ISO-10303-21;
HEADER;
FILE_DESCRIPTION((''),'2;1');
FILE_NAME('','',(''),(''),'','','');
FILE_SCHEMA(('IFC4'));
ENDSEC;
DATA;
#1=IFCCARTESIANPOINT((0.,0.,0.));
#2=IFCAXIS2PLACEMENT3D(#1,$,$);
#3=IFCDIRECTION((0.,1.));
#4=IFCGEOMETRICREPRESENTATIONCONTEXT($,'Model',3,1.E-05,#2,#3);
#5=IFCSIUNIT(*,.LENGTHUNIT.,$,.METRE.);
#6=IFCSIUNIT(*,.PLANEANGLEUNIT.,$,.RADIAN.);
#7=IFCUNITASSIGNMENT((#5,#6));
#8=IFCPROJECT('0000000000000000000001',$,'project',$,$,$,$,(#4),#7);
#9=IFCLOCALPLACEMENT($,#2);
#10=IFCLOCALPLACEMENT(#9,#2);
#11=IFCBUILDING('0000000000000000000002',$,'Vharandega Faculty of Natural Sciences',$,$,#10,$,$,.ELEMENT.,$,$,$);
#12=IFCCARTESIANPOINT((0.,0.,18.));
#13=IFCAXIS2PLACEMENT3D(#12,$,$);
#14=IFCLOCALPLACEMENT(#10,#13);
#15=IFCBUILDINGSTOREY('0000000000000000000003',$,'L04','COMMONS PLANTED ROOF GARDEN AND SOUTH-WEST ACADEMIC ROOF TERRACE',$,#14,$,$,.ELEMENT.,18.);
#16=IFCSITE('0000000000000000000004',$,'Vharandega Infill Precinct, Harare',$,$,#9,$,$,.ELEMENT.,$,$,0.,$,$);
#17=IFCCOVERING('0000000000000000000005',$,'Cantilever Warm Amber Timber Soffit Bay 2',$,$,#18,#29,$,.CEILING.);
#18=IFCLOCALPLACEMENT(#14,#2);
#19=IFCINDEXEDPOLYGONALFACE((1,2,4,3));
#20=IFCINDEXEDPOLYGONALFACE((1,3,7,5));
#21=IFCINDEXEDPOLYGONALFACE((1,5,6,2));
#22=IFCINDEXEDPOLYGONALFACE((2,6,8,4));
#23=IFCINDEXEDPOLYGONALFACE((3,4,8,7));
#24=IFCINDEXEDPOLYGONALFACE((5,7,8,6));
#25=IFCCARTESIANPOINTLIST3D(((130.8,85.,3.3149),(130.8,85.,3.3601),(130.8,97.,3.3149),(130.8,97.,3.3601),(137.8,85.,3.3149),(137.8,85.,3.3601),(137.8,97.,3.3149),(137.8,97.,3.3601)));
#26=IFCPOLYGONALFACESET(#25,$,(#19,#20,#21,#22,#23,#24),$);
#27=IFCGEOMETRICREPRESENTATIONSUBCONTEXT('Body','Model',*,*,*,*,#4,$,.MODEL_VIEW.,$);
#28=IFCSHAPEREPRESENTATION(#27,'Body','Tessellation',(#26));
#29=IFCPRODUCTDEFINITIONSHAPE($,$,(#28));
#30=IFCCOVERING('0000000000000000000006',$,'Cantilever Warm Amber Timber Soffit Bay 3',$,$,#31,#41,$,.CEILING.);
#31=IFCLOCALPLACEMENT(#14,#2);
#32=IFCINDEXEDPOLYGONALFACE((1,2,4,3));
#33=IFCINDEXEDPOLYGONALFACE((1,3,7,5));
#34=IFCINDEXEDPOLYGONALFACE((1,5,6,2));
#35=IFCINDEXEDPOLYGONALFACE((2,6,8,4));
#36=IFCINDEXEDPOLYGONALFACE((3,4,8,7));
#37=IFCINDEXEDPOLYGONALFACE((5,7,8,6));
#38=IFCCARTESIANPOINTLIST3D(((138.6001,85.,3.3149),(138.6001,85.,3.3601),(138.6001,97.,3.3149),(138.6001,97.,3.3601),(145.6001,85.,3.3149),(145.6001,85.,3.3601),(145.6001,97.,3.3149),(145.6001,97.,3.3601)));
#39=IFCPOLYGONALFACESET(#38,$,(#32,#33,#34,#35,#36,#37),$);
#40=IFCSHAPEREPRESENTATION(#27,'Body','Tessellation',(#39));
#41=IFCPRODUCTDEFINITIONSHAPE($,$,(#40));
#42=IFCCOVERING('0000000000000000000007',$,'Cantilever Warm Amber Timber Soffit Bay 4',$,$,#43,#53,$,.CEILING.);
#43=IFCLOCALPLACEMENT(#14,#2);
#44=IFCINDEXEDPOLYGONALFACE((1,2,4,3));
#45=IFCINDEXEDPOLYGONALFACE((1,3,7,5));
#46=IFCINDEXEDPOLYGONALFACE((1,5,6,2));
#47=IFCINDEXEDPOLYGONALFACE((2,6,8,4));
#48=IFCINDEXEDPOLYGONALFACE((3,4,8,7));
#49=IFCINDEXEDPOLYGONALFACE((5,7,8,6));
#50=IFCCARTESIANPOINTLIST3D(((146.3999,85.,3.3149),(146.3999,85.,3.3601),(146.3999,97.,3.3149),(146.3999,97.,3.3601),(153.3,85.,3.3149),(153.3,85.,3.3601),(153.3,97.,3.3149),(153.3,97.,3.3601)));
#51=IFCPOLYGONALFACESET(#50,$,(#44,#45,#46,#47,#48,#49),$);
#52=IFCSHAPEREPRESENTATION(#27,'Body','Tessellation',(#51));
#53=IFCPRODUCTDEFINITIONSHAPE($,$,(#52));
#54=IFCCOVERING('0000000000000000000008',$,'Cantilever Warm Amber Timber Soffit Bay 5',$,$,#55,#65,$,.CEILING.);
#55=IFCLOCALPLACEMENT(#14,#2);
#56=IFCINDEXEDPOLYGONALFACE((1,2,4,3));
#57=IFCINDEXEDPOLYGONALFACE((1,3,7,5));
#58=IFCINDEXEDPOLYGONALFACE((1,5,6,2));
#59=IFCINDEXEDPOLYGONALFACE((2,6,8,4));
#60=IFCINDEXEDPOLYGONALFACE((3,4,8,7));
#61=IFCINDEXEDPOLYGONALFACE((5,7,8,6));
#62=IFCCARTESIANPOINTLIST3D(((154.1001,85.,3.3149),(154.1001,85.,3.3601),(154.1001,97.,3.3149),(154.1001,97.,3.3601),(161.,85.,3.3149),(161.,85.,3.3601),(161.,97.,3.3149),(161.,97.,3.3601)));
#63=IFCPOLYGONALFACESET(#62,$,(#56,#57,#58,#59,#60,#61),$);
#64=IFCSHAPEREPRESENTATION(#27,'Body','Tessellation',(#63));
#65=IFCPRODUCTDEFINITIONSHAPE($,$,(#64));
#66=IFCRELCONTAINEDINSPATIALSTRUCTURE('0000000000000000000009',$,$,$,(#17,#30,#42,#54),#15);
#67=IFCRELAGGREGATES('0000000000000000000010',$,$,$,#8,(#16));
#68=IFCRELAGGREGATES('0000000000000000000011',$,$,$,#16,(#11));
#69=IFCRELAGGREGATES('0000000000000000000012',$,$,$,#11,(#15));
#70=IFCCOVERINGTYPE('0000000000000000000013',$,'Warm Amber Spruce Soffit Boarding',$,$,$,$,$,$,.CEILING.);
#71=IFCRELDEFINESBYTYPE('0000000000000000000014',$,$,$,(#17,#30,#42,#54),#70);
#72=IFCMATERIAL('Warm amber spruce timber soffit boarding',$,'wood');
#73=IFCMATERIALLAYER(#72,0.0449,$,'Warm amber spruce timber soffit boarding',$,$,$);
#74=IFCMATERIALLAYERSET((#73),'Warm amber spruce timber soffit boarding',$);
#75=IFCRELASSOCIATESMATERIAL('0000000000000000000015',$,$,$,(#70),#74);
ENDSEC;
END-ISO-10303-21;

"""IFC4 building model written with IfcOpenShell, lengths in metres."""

from ifc_helpers import new_model, si_unit, direction, frame, origin, place, context, subcontext, project, spatial, polyline, outline, extrude, material, layer, layer_set, type_object, element, save


model = new_model("IFC4")

# Units and contexts
model_context = context("Model", 3, precision=1e-05, world=origin(), true_north=direction((0.0, 1.0)))
body_context = subcontext(model_context, "Body", "Model", "MODEL_VIEW")
ifc_project = project(units=[si_unit("LENGTHUNIT", "METRE"), si_unit("PLANEANGLEUNIT", "RADIAN")], contexts=[model_context])

# Site, building, storey
site_placement = place(None, origin())
site = spatial("IfcSite", under=ifc_project, at=site_placement, Name="Vharandega Infill Precinct, Harare", CompositionType="ELEMENT", RefElevation=0.0)
building_placement = place(site_placement, origin())
building = spatial("IfcBuilding", under=site, at=building_placement, Name="Vharandega Faculty of Natural Sciences", CompositionType="ELEMENT")
storey_placement = place(building_placement, frame((0.0, 0.0, 18.0)))
storey = spatial("IfcBuildingStorey", under=building, at=storey_placement, Name="L04", Description="COMMONS PLANTED ROOF GARDEN AND SOUTH-WEST ACADEMIC ROOF TERRACE", CompositionType="ELEMENT", Elevation=18.0)

# Coverings
ifc_material_1 = material(Name="Warm amber spruce timber soffit boarding", Category="wood")
ifc_layer_1 = layer(ifc_material_1, 0.0449, Name="Warm amber spruce timber soffit boarding")
ifc_layer_set_1 = layer_set([ifc_layer_1], Name="Warm amber spruce timber soffit boarding")
covering_type_1 = type_object("IfcCoveringType", Name="Warm Amber Spruce Soffit Boarding", PredefinedType="CEILING", material=ifc_layer_set_1)
covering_1_placement = place(storey_placement, frame((0.0, 0.0, 3.3149)))
element("IfcCovering", 1, at=covering_1_placement, inside=storey, type_object=covering_type_1, Name="Cantilever Warm Amber Timber Soffit Bay 2", PredefinedType="CEILING", context=body_context, shape_type="SweptSolid", body=[
    extrude(outline(polyline([(130.8, 85.0), (137.8, 85.0), (137.8, 97.0), (130.8, 97.0), (130.8, 85.0)])), origin(), (0.0, 0.0, 1.0), 0.0452),
])
covering_2_placement = place(storey_placement, frame((0.0, 0.0, 3.3149)))
element("IfcCovering", 2, at=covering_2_placement, inside=storey, type_object=covering_type_1, Name="Cantilever Warm Amber Timber Soffit Bay 3", PredefinedType="CEILING", context=body_context, shape_type="SweptSolid", body=[
    extrude(outline(polyline([(138.6001, 85.0), (145.6001, 85.0), (145.6001, 97.0), (138.6001, 97.0), (138.6001, 85.0)])), origin(), (0.0, 0.0, 1.0), 0.0452),
])
covering_3_placement = place(storey_placement, frame((0.0, 0.0, 3.3149)))
element("IfcCovering", 3, at=covering_3_placement, inside=storey, type_object=covering_type_1, Name="Cantilever Warm Amber Timber Soffit Bay 4", PredefinedType="CEILING", context=body_context, shape_type="SweptSolid", body=[
    extrude(outline(polyline([(146.3999, 85.0), (153.3, 85.0), (153.3, 97.0), (146.3999, 97.0), (146.3999, 85.0)])), origin(), (0.0, 0.0, 1.0), 0.0452),
])
covering_4_placement = place(storey_placement, frame((0.0, 0.0, 3.3149)))
element("IfcCovering", 4, at=covering_4_placement, inside=storey, type_object=covering_type_1, Name="Cantilever Warm Amber Timber Soffit Bay 5", PredefinedType="CEILING", context=body_context, shape_type="SweptSolid", body=[
    extrude(outline(polyline([(154.1001, 85.0), (161.0, 85.0), (161.0, 97.0), (154.1001, 97.0), (154.1001, 85.0)])), origin(), (0.0, 0.0, 1.0), 0.0452),
])

save(model, "model.ifc")
